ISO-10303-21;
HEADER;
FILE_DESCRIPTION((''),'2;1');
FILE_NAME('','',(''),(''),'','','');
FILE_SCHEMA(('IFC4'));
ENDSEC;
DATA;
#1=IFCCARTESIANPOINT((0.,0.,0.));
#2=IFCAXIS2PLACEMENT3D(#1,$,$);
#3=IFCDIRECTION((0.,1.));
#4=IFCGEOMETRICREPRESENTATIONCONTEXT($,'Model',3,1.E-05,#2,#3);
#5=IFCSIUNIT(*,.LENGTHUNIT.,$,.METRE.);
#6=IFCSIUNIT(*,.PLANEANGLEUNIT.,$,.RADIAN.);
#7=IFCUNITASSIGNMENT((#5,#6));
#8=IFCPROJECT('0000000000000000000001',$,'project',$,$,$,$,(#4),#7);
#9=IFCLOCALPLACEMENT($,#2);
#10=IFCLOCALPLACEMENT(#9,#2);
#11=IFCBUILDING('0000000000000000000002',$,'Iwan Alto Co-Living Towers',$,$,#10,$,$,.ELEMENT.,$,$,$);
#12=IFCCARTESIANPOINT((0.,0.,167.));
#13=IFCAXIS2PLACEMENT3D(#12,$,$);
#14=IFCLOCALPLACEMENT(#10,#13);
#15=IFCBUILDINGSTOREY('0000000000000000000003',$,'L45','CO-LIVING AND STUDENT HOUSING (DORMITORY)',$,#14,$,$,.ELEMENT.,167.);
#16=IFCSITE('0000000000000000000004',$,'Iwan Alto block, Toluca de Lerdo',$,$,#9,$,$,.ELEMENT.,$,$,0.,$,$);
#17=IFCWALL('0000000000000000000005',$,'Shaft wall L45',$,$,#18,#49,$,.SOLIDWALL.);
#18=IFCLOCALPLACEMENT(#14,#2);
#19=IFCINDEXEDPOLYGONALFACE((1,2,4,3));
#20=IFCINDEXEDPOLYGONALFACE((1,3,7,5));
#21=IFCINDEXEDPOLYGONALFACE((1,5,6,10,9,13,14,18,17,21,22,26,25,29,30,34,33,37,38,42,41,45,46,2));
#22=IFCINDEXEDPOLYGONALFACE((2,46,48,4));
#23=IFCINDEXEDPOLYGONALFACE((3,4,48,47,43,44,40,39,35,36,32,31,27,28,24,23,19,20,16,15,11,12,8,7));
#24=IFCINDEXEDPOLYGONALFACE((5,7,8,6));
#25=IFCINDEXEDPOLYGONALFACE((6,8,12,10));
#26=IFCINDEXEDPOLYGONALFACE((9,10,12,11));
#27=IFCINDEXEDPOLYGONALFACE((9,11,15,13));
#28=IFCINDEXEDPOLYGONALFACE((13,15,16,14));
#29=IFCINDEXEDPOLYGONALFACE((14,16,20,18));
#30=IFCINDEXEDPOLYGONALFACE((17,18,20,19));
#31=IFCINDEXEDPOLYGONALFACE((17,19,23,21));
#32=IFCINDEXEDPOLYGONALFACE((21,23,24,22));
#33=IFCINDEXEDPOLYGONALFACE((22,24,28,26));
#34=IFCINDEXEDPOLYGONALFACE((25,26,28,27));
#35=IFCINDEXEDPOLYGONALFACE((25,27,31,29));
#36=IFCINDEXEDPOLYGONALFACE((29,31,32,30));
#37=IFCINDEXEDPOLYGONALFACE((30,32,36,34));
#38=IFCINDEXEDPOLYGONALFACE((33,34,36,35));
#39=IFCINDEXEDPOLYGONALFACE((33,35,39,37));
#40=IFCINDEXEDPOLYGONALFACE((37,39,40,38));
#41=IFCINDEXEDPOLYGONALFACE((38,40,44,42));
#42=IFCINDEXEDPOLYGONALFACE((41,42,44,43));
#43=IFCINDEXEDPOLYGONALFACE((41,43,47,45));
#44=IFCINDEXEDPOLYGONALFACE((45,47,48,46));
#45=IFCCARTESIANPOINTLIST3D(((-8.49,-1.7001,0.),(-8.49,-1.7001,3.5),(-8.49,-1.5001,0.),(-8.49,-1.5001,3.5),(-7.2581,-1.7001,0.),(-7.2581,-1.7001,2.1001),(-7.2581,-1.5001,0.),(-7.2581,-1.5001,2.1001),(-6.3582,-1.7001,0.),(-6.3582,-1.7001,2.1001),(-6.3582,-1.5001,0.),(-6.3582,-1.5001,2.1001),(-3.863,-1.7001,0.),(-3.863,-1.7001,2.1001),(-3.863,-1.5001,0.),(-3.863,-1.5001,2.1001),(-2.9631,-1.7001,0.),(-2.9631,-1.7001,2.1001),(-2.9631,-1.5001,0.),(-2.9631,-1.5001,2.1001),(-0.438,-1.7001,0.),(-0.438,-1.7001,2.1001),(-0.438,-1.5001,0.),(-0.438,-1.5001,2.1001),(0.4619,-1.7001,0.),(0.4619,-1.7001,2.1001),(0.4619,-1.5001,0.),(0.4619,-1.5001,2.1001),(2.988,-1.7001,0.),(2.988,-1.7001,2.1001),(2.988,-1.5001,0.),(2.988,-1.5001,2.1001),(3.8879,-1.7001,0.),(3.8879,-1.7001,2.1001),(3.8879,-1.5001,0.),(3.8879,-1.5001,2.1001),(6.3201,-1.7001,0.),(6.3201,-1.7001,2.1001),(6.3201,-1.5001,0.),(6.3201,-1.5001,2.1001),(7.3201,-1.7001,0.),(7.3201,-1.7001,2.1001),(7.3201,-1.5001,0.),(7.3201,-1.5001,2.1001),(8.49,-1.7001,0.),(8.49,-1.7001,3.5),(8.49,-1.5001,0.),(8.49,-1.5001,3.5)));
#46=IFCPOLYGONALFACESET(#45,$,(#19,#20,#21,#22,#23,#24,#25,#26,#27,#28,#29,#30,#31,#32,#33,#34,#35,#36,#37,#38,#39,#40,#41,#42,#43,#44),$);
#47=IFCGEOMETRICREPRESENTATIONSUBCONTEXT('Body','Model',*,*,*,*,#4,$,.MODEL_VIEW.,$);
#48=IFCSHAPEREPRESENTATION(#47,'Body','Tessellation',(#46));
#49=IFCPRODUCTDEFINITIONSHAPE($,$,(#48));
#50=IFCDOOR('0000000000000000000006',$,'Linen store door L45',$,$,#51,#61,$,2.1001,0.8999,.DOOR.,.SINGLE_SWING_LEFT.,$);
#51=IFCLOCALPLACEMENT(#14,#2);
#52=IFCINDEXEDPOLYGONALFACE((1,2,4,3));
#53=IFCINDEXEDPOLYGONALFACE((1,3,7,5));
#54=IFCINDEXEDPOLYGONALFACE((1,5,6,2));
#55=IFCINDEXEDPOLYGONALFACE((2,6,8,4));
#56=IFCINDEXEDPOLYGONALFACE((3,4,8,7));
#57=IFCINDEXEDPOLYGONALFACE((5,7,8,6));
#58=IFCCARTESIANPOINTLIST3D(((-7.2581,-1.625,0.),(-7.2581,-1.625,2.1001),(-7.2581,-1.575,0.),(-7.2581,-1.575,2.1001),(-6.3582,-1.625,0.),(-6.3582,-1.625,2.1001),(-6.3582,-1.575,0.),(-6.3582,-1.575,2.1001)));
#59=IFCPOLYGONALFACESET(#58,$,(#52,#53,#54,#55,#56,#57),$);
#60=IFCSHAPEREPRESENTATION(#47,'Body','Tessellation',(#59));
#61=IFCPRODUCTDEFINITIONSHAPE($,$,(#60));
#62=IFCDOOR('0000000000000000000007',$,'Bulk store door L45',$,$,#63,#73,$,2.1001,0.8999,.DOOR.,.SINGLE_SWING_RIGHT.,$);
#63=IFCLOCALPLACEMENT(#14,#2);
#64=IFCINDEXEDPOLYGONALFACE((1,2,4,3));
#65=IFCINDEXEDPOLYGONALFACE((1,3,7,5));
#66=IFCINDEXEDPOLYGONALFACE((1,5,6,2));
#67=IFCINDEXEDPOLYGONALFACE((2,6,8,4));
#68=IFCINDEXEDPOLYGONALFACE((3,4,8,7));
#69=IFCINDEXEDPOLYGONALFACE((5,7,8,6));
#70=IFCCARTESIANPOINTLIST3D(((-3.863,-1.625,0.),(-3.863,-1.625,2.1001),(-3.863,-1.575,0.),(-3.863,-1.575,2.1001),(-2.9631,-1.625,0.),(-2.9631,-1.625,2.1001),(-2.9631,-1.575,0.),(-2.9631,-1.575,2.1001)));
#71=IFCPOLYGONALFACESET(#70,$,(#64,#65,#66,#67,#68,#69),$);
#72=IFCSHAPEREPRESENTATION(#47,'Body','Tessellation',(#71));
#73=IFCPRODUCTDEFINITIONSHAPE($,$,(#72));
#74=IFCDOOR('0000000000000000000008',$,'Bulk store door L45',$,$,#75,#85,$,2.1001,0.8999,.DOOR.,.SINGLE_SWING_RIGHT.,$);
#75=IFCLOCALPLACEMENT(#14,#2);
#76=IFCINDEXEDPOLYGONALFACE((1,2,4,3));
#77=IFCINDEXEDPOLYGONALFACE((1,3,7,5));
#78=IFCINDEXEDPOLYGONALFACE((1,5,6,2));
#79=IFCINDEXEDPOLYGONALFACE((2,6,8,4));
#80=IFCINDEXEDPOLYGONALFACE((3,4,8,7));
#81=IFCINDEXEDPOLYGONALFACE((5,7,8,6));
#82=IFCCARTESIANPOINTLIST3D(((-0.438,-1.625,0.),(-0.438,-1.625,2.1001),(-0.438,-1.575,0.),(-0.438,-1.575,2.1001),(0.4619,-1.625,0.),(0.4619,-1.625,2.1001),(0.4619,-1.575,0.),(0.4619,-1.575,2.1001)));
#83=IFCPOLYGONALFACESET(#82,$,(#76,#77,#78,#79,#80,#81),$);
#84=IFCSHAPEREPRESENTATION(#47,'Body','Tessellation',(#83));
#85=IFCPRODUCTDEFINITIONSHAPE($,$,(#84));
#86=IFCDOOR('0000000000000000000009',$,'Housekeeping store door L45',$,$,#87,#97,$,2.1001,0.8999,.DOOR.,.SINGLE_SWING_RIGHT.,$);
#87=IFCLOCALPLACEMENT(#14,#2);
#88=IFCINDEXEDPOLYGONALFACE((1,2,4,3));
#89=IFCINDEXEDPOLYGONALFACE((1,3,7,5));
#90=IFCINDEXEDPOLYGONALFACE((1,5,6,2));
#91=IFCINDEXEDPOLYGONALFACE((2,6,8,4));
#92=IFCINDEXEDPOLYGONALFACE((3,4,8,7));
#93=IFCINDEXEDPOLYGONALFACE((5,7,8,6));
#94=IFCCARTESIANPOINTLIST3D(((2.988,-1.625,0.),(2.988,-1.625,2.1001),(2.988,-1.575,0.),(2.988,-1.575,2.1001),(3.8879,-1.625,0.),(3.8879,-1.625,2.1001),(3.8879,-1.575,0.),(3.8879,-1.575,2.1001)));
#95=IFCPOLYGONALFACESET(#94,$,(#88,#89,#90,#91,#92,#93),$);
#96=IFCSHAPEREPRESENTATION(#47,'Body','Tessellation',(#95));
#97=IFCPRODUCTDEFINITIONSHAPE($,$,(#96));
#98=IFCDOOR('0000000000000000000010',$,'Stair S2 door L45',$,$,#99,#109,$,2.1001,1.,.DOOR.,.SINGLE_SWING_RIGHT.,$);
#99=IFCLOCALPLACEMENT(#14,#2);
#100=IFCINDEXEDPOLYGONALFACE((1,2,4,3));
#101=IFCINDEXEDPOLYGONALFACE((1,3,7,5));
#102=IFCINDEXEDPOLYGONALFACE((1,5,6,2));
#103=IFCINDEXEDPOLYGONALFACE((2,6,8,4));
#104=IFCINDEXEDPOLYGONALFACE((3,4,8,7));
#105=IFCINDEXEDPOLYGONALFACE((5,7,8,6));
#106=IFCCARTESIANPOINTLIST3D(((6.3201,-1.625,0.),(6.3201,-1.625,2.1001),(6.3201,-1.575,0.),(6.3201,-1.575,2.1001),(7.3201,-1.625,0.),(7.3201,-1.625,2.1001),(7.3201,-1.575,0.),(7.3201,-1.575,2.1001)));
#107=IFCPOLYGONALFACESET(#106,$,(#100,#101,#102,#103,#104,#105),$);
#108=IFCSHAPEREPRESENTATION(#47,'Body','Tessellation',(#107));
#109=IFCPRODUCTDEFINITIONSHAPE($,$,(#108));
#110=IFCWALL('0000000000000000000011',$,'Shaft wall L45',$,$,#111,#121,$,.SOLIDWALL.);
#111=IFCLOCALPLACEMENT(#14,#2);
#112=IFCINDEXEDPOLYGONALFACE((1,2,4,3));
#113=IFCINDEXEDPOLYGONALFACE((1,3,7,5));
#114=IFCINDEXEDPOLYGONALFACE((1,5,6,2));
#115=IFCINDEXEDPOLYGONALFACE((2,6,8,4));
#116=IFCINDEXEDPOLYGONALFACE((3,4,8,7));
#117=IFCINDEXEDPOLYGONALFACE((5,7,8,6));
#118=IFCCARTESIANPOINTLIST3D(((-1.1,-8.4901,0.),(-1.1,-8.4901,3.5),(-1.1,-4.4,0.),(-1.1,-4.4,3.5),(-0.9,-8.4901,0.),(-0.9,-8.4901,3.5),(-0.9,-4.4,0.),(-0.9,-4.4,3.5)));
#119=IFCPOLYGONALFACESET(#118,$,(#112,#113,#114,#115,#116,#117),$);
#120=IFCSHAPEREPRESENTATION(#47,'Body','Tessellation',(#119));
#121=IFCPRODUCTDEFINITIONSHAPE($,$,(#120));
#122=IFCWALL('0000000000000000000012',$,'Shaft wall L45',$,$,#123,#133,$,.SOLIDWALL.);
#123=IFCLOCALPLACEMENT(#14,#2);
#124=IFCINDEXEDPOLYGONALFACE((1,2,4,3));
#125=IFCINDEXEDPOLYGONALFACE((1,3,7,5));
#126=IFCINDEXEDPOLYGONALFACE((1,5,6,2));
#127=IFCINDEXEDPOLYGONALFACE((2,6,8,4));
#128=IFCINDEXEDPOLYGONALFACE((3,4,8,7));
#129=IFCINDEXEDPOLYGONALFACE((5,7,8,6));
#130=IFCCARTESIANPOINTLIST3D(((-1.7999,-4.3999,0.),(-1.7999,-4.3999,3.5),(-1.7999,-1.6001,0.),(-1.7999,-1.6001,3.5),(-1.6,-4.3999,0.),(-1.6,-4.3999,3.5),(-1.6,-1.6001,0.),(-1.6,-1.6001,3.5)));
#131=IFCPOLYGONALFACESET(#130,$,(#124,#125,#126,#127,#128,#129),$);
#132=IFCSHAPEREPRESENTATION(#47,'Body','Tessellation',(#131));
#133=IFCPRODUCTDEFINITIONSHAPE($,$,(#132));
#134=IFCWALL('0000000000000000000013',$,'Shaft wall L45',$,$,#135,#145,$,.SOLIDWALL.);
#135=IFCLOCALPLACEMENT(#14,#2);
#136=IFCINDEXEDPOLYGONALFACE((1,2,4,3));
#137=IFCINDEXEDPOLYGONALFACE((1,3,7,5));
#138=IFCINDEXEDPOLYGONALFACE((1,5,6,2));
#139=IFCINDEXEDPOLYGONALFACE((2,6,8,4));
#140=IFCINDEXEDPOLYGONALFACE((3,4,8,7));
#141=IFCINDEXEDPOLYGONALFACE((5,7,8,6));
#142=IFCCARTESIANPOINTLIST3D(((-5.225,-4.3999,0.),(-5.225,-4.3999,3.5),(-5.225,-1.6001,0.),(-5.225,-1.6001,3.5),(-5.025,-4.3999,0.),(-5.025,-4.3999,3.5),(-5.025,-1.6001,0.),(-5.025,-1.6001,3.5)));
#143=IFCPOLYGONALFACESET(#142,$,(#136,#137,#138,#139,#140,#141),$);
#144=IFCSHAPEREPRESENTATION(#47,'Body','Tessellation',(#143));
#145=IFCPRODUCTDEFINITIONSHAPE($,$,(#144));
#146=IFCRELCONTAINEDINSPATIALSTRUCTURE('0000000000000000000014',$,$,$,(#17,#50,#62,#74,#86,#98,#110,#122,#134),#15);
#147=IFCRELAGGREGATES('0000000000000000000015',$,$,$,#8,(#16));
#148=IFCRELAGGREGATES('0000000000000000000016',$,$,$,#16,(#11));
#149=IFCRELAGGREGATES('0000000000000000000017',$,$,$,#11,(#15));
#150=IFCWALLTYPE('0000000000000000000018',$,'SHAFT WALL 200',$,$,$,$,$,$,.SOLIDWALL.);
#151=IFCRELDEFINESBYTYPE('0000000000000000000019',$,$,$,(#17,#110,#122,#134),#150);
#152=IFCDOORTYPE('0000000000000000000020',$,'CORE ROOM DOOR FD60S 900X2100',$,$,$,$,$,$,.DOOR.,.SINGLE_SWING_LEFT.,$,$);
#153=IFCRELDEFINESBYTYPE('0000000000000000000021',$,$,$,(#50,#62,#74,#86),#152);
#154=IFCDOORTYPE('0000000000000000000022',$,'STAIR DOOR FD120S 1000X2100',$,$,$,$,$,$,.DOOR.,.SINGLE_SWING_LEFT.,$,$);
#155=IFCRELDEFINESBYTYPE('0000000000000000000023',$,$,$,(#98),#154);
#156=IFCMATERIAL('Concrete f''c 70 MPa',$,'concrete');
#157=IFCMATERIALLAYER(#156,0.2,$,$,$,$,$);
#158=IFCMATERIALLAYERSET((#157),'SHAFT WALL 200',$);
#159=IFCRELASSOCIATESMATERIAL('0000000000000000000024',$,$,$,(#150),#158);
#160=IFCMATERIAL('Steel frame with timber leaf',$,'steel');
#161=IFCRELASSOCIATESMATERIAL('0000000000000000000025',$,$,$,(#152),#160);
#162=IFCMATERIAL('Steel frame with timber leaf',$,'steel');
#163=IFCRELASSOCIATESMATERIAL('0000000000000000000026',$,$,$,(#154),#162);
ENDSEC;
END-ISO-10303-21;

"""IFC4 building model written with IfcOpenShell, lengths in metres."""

from ifc_helpers import new_model, si_unit, direction, frame, frame_2d, origin, place, context, subcontext, project, spatial, rectangle, extrude, material, layer, layer_set, type_object, element, fill, save


model = new_model("IFC4")

# Units and contexts
model_context = context("Model", 3, precision=1e-05, world=origin(), true_north=direction((0.0, 1.0)))
body_context = subcontext(model_context, "Body", "Model", "MODEL_VIEW")
ifc_project = project(units=[si_unit("LENGTHUNIT", "METRE"), si_unit("PLANEANGLEUNIT", "RADIAN")], contexts=[model_context])

# Site, building, storey
site_placement = place(None, origin())
site = spatial("IfcSite", under=ifc_project, at=site_placement, Name="Iwan Alto block, Toluca de Lerdo", CompositionType="ELEMENT", RefElevation=0.0)
building_placement = place(site_placement, origin())
building = spatial("IfcBuilding", under=site, at=building_placement, Name="Iwan Alto Co-Living Towers", CompositionType="ELEMENT")
storey_placement = place(building_placement, frame((0.0, 0.0, 167.0)))
storey = spatial("IfcBuildingStorey", under=building, at=storey_placement, Name="L45", Description="CO-LIVING AND STUDENT HOUSING (DORMITORY)", CompositionType="ELEMENT", Elevation=167.0)

# Shared definitions
ifc_material_1 = material(Name="Concrete f'c 70 MPa", Category="concrete")
ifc_layer_1 = layer(ifc_material_1, 0.2)
ifc_layer_set_1 = layer_set([ifc_layer_1], Name="SHAFT WALL 200")
wall_type_1 = type_object("IfcWallType", Name="SHAFT WALL 200", PredefinedType="SOLIDWALL", material=ifc_layer_set_1)

# Wall, openings, doors
wall_1_placement = place(storey_placement, frame((-8.49, -1.6001, 0.0), z_axis=(0.0, 0.0, 1.0), x_axis=(1.0, 0.0, 0.0)))
wall_1 = element("IfcWall", 1, at=wall_1_placement, inside=storey, type_object=wall_type_1, Name="Shaft wall L45", PredefinedType="SOLIDWALL", context=body_context, shape_type="SweptSolid", body=[
    extrude(rectangle(XDim=16.98, YDim=0.2, at=frame_2d((8.49, 0.0))), origin(), (0.0, 0.0, 1.0), 3.5),
])
opening_1_placement = place(wall_1_placement, frame((14.8101, 0.0, 0.0)))
opening_1 = element("IfcOpeningElement", 2, at=opening_1_placement, cuts=wall_1, PredefinedType="OPENING", context=body_context, shape_type="SweptSolid", body=[
    extrude(rectangle(XDim=1.0, YDim=2.1001, at=frame_2d((0.5, 1.05))), frame((0.0, 0.1099, 0.0), z_axis=(0.0, -1.0, 0.0), x_axis=(1.0, 0.0, 0.0)), (0.0, 0.0, 1.0), 0.22),
])
opening_2_placement = place(wall_1_placement, frame((1.2319, 0.0, 0.0)))
opening_2 = element("IfcOpeningElement", 3, at=opening_2_placement, cuts=wall_1, PredefinedType="OPENING", context=body_context, shape_type="SweptSolid", body=[
    extrude(rectangle(XDim=0.8999, YDim=2.1001, at=frame_2d((0.45, 1.05))), frame((0.0, 0.1099, 0.0), z_axis=(0.0, -1.0, 0.0), x_axis=(1.0, 0.0, 0.0)), (0.0, 0.0, 1.0), 0.22),
])
opening_3_placement = place(wall_1_placement, frame((4.627, 0.0, 0.0)))
opening_3 = element("IfcOpeningElement", 4, at=opening_3_placement, cuts=wall_1, PredefinedType="OPENING", context=body_context, shape_type="SweptSolid", body=[
    extrude(rectangle(XDim=0.8999, YDim=2.1001, at=frame_2d((0.45, 1.05))), frame((0.0, 0.1099, 0.0), z_axis=(0.0, -1.0, 0.0), x_axis=(1.0, 0.0, 0.0)), (0.0, 0.0, 1.0), 0.22),
])
opening_4_placement = place(wall_1_placement, frame((8.052, 0.0, 0.0)))
opening_4 = element("IfcOpeningElement", 5, at=opening_4_placement, cuts=wall_1, PredefinedType="OPENING", context=body_context, shape_type="SweptSolid", body=[
    extrude(rectangle(XDim=0.8999, YDim=2.1001, at=frame_2d((0.45, 1.05))), frame((0.0, 0.1099, 0.0), z_axis=(0.0, -1.0, 0.0), x_axis=(1.0, 0.0, 0.0)), (0.0, 0.0, 1.0), 0.22),
])
opening_5_placement = place(wall_1_placement, frame((11.478, 0.0, 0.0)))
opening_5 = element("IfcOpeningElement", 6, at=opening_5_placement, cuts=wall_1, PredefinedType="OPENING", context=body_context, shape_type="SweptSolid", body=[
    extrude(rectangle(XDim=0.8999, YDim=2.1001, at=frame_2d((0.45, 1.05))), frame((0.0, 0.1099, 0.0), z_axis=(0.0, -1.0, 0.0), x_axis=(1.0, 0.0, 0.0)), (0.0, 0.0, 1.0), 0.22),
])
ifc_material_2 = material(Name="Steel frame with timber leaf", Category="steel")
door_type_1 = type_object("IfcDoorType", Name="CORE ROOM DOOR FD60S 900X2100", OperationType="SINGLE_SWING_LEFT", PredefinedType="DOOR", material=ifc_material_2)
door_1_placement = place(opening_2_placement, frame((0.8999, 0.0, 0.0), z_axis=(0.0, 0.0, 1.0), x_axis=(-1.0, 0.0, 0.0)))
door_1 = element("IfcDoor", 7, at=door_1_placement, inside=storey, type_object=door_type_1, Name="Linen store door L45", OperationType="SINGLE_SWING_LEFT", OverallHeight=2.1001, OverallWidth=0.8999, PredefinedType="DOOR", context=body_context, shape_type="SweptSolid", body=[
    extrude(rectangle(XDim=0.8999, YDim=2.1001, at=frame_2d((0.45, 1.05))), frame((0.0, 0.0249, 0.0), z_axis=(0.0, -1.0, 0.0), x_axis=(1.0, 0.0, 0.0)), (0.0, 0.0, 1.0), 0.05),
])
fill(opening_2, door_1)
door_2_placement = place(opening_3_placement, frame((0.8999, 0.0, 0.0), z_axis=(0.0, 0.0, 1.0), x_axis=(-1.0, 0.0, 0.0)))
door_2 = element("IfcDoor", 8, at=door_2_placement, inside=storey, type_object=door_type_1, Name="Bulk store door L45", OperationType="SINGLE_SWING_RIGHT", OverallHeight=2.1001, OverallWidth=0.8999, PredefinedType="DOOR", context=body_context, shape_type="SweptSolid", body=[
    extrude(rectangle(XDim=0.8999, YDim=2.1001, at=frame_2d((0.45, 1.05))), frame((0.0, 0.0249, 0.0), z_axis=(0.0, -1.0, 0.0), x_axis=(1.0, 0.0, 0.0)), (0.0, 0.0, 1.0), 0.05),
])
fill(opening_3, door_2)
door_3_placement = place(opening_4_placement, frame((0.8999, 0.0, 0.0), z_axis=(0.0, 0.0, 1.0), x_axis=(-1.0, 0.0, 0.0)))
door_3 = element("IfcDoor", 9, at=door_3_placement, inside=storey, type_object=door_type_1, Name="Bulk store door L45", OperationType="SINGLE_SWING_RIGHT", OverallHeight=2.1001, OverallWidth=0.8999, PredefinedType="DOOR", context=body_context, shape_type="SweptSolid", body=[
    extrude(rectangle(XDim=0.8999, YDim=2.1001, at=frame_2d((0.45, 1.05))), frame((0.0, 0.0249, 0.0), z_axis=(0.0, -1.0, 0.0), x_axis=(1.0, 0.0, 0.0)), (0.0, 0.0, 1.0), 0.05),
])
fill(opening_4, door_3)
door_4_placement = place(opening_5_placement, frame((0.8999, 0.0, 0.0), z_axis=(0.0, 0.0, 1.0), x_axis=(-1.0, 0.0, 0.0)))
door_4 = element("IfcDoor", 10, at=door_4_placement, inside=storey, type_object=door_type_1, Name="Housekeeping store door L45", OperationType="SINGLE_SWING_RIGHT", OverallHeight=2.1001, OverallWidth=0.8999, PredefinedType="DOOR", context=body_context, shape_type="SweptSolid", body=[
    extrude(rectangle(XDim=0.8999, YDim=2.1001, at=frame_2d((0.45, 1.05))), frame((0.0, 0.0249, 0.0), z_axis=(0.0, -1.0, 0.0), x_axis=(1.0, 0.0, 0.0)), (0.0, 0.0, 1.0), 0.05),
])
fill(opening_5, door_4)
ifc_material_3 = material(Name="Steel frame with timber leaf", Category="steel")
door_type_2 = type_object("IfcDoorType", Name="STAIR DOOR FD120S 1000X2100", OperationType="SINGLE_SWING_LEFT", PredefinedType="DOOR", material=ifc_material_3)
door_5_placement = place(opening_1_placement, frame((1.0, 0.0, 0.0), z_axis=(0.0, 0.0, 1.0), x_axis=(-1.0, 0.0, 0.0)))
door_5 = element("IfcDoor", 11, at=door_5_placement, inside=storey, type_object=door_type_2, Name="Stair S2 door L45", OperationType="SINGLE_SWING_RIGHT", OverallHeight=2.1001, OverallWidth=1.0, PredefinedType="DOOR", context=body_context, shape_type="SweptSolid", body=[
    extrude(rectangle(XDim=1.0, YDim=2.1001, at=frame_2d((0.5, 1.05))), frame((0.0, 0.0249, 0.0), z_axis=(0.0, -1.0, 0.0), x_axis=(1.0, 0.0, 0.0)), (0.0, 0.0, 1.0), 0.05),
])
fill(opening_1, door_5)

# Walls
wall_2_placement = place(storey_placement, frame((-1.0, -8.49, 0.0), z_axis=(0.0, 0.0, 1.0), x_axis=(0.0, 1.0, 0.0)))
element("IfcWall", 12, at=wall_2_placement, inside=storey, type_object=wall_type_1, Name="Shaft wall L45", PredefinedType="SOLIDWALL", context=body_context, shape_type="SweptSolid", body=[
    extrude(rectangle(XDim=4.0901, YDim=0.2, at=frame_2d((2.0449, 0.0))), origin(), (0.0, 0.0, 1.0), 3.5),
])
for number, where, z_axis, x_axis, name in (
    (13, (-1.7, -4.3999, 0.0), (0.0, 0.0, 1.0), (0.0, 1.0, 0.0), "Shaft wall L45"),
    (14, (-5.125, -4.3999, 0.0), (0.0, 0.0, 1.0), (0.0, 1.0, 0.0), "Shaft wall L45"),
):
    element("IfcWall", number, at=place(storey_placement, frame(where, z_axis=z_axis, x_axis=x_axis)), inside=storey, type_object=wall_type_1, Name=name, PredefinedType="SOLIDWALL", context=body_context, shape_type="SweptSolid", body=[
        extrude(rectangle(XDim=2.7998, YDim=0.2, at=frame_2d((1.3999, 0.0))), origin(), (0.0, 0.0, 1.0), 3.5),
    ])

save(model, "model.ifc")
